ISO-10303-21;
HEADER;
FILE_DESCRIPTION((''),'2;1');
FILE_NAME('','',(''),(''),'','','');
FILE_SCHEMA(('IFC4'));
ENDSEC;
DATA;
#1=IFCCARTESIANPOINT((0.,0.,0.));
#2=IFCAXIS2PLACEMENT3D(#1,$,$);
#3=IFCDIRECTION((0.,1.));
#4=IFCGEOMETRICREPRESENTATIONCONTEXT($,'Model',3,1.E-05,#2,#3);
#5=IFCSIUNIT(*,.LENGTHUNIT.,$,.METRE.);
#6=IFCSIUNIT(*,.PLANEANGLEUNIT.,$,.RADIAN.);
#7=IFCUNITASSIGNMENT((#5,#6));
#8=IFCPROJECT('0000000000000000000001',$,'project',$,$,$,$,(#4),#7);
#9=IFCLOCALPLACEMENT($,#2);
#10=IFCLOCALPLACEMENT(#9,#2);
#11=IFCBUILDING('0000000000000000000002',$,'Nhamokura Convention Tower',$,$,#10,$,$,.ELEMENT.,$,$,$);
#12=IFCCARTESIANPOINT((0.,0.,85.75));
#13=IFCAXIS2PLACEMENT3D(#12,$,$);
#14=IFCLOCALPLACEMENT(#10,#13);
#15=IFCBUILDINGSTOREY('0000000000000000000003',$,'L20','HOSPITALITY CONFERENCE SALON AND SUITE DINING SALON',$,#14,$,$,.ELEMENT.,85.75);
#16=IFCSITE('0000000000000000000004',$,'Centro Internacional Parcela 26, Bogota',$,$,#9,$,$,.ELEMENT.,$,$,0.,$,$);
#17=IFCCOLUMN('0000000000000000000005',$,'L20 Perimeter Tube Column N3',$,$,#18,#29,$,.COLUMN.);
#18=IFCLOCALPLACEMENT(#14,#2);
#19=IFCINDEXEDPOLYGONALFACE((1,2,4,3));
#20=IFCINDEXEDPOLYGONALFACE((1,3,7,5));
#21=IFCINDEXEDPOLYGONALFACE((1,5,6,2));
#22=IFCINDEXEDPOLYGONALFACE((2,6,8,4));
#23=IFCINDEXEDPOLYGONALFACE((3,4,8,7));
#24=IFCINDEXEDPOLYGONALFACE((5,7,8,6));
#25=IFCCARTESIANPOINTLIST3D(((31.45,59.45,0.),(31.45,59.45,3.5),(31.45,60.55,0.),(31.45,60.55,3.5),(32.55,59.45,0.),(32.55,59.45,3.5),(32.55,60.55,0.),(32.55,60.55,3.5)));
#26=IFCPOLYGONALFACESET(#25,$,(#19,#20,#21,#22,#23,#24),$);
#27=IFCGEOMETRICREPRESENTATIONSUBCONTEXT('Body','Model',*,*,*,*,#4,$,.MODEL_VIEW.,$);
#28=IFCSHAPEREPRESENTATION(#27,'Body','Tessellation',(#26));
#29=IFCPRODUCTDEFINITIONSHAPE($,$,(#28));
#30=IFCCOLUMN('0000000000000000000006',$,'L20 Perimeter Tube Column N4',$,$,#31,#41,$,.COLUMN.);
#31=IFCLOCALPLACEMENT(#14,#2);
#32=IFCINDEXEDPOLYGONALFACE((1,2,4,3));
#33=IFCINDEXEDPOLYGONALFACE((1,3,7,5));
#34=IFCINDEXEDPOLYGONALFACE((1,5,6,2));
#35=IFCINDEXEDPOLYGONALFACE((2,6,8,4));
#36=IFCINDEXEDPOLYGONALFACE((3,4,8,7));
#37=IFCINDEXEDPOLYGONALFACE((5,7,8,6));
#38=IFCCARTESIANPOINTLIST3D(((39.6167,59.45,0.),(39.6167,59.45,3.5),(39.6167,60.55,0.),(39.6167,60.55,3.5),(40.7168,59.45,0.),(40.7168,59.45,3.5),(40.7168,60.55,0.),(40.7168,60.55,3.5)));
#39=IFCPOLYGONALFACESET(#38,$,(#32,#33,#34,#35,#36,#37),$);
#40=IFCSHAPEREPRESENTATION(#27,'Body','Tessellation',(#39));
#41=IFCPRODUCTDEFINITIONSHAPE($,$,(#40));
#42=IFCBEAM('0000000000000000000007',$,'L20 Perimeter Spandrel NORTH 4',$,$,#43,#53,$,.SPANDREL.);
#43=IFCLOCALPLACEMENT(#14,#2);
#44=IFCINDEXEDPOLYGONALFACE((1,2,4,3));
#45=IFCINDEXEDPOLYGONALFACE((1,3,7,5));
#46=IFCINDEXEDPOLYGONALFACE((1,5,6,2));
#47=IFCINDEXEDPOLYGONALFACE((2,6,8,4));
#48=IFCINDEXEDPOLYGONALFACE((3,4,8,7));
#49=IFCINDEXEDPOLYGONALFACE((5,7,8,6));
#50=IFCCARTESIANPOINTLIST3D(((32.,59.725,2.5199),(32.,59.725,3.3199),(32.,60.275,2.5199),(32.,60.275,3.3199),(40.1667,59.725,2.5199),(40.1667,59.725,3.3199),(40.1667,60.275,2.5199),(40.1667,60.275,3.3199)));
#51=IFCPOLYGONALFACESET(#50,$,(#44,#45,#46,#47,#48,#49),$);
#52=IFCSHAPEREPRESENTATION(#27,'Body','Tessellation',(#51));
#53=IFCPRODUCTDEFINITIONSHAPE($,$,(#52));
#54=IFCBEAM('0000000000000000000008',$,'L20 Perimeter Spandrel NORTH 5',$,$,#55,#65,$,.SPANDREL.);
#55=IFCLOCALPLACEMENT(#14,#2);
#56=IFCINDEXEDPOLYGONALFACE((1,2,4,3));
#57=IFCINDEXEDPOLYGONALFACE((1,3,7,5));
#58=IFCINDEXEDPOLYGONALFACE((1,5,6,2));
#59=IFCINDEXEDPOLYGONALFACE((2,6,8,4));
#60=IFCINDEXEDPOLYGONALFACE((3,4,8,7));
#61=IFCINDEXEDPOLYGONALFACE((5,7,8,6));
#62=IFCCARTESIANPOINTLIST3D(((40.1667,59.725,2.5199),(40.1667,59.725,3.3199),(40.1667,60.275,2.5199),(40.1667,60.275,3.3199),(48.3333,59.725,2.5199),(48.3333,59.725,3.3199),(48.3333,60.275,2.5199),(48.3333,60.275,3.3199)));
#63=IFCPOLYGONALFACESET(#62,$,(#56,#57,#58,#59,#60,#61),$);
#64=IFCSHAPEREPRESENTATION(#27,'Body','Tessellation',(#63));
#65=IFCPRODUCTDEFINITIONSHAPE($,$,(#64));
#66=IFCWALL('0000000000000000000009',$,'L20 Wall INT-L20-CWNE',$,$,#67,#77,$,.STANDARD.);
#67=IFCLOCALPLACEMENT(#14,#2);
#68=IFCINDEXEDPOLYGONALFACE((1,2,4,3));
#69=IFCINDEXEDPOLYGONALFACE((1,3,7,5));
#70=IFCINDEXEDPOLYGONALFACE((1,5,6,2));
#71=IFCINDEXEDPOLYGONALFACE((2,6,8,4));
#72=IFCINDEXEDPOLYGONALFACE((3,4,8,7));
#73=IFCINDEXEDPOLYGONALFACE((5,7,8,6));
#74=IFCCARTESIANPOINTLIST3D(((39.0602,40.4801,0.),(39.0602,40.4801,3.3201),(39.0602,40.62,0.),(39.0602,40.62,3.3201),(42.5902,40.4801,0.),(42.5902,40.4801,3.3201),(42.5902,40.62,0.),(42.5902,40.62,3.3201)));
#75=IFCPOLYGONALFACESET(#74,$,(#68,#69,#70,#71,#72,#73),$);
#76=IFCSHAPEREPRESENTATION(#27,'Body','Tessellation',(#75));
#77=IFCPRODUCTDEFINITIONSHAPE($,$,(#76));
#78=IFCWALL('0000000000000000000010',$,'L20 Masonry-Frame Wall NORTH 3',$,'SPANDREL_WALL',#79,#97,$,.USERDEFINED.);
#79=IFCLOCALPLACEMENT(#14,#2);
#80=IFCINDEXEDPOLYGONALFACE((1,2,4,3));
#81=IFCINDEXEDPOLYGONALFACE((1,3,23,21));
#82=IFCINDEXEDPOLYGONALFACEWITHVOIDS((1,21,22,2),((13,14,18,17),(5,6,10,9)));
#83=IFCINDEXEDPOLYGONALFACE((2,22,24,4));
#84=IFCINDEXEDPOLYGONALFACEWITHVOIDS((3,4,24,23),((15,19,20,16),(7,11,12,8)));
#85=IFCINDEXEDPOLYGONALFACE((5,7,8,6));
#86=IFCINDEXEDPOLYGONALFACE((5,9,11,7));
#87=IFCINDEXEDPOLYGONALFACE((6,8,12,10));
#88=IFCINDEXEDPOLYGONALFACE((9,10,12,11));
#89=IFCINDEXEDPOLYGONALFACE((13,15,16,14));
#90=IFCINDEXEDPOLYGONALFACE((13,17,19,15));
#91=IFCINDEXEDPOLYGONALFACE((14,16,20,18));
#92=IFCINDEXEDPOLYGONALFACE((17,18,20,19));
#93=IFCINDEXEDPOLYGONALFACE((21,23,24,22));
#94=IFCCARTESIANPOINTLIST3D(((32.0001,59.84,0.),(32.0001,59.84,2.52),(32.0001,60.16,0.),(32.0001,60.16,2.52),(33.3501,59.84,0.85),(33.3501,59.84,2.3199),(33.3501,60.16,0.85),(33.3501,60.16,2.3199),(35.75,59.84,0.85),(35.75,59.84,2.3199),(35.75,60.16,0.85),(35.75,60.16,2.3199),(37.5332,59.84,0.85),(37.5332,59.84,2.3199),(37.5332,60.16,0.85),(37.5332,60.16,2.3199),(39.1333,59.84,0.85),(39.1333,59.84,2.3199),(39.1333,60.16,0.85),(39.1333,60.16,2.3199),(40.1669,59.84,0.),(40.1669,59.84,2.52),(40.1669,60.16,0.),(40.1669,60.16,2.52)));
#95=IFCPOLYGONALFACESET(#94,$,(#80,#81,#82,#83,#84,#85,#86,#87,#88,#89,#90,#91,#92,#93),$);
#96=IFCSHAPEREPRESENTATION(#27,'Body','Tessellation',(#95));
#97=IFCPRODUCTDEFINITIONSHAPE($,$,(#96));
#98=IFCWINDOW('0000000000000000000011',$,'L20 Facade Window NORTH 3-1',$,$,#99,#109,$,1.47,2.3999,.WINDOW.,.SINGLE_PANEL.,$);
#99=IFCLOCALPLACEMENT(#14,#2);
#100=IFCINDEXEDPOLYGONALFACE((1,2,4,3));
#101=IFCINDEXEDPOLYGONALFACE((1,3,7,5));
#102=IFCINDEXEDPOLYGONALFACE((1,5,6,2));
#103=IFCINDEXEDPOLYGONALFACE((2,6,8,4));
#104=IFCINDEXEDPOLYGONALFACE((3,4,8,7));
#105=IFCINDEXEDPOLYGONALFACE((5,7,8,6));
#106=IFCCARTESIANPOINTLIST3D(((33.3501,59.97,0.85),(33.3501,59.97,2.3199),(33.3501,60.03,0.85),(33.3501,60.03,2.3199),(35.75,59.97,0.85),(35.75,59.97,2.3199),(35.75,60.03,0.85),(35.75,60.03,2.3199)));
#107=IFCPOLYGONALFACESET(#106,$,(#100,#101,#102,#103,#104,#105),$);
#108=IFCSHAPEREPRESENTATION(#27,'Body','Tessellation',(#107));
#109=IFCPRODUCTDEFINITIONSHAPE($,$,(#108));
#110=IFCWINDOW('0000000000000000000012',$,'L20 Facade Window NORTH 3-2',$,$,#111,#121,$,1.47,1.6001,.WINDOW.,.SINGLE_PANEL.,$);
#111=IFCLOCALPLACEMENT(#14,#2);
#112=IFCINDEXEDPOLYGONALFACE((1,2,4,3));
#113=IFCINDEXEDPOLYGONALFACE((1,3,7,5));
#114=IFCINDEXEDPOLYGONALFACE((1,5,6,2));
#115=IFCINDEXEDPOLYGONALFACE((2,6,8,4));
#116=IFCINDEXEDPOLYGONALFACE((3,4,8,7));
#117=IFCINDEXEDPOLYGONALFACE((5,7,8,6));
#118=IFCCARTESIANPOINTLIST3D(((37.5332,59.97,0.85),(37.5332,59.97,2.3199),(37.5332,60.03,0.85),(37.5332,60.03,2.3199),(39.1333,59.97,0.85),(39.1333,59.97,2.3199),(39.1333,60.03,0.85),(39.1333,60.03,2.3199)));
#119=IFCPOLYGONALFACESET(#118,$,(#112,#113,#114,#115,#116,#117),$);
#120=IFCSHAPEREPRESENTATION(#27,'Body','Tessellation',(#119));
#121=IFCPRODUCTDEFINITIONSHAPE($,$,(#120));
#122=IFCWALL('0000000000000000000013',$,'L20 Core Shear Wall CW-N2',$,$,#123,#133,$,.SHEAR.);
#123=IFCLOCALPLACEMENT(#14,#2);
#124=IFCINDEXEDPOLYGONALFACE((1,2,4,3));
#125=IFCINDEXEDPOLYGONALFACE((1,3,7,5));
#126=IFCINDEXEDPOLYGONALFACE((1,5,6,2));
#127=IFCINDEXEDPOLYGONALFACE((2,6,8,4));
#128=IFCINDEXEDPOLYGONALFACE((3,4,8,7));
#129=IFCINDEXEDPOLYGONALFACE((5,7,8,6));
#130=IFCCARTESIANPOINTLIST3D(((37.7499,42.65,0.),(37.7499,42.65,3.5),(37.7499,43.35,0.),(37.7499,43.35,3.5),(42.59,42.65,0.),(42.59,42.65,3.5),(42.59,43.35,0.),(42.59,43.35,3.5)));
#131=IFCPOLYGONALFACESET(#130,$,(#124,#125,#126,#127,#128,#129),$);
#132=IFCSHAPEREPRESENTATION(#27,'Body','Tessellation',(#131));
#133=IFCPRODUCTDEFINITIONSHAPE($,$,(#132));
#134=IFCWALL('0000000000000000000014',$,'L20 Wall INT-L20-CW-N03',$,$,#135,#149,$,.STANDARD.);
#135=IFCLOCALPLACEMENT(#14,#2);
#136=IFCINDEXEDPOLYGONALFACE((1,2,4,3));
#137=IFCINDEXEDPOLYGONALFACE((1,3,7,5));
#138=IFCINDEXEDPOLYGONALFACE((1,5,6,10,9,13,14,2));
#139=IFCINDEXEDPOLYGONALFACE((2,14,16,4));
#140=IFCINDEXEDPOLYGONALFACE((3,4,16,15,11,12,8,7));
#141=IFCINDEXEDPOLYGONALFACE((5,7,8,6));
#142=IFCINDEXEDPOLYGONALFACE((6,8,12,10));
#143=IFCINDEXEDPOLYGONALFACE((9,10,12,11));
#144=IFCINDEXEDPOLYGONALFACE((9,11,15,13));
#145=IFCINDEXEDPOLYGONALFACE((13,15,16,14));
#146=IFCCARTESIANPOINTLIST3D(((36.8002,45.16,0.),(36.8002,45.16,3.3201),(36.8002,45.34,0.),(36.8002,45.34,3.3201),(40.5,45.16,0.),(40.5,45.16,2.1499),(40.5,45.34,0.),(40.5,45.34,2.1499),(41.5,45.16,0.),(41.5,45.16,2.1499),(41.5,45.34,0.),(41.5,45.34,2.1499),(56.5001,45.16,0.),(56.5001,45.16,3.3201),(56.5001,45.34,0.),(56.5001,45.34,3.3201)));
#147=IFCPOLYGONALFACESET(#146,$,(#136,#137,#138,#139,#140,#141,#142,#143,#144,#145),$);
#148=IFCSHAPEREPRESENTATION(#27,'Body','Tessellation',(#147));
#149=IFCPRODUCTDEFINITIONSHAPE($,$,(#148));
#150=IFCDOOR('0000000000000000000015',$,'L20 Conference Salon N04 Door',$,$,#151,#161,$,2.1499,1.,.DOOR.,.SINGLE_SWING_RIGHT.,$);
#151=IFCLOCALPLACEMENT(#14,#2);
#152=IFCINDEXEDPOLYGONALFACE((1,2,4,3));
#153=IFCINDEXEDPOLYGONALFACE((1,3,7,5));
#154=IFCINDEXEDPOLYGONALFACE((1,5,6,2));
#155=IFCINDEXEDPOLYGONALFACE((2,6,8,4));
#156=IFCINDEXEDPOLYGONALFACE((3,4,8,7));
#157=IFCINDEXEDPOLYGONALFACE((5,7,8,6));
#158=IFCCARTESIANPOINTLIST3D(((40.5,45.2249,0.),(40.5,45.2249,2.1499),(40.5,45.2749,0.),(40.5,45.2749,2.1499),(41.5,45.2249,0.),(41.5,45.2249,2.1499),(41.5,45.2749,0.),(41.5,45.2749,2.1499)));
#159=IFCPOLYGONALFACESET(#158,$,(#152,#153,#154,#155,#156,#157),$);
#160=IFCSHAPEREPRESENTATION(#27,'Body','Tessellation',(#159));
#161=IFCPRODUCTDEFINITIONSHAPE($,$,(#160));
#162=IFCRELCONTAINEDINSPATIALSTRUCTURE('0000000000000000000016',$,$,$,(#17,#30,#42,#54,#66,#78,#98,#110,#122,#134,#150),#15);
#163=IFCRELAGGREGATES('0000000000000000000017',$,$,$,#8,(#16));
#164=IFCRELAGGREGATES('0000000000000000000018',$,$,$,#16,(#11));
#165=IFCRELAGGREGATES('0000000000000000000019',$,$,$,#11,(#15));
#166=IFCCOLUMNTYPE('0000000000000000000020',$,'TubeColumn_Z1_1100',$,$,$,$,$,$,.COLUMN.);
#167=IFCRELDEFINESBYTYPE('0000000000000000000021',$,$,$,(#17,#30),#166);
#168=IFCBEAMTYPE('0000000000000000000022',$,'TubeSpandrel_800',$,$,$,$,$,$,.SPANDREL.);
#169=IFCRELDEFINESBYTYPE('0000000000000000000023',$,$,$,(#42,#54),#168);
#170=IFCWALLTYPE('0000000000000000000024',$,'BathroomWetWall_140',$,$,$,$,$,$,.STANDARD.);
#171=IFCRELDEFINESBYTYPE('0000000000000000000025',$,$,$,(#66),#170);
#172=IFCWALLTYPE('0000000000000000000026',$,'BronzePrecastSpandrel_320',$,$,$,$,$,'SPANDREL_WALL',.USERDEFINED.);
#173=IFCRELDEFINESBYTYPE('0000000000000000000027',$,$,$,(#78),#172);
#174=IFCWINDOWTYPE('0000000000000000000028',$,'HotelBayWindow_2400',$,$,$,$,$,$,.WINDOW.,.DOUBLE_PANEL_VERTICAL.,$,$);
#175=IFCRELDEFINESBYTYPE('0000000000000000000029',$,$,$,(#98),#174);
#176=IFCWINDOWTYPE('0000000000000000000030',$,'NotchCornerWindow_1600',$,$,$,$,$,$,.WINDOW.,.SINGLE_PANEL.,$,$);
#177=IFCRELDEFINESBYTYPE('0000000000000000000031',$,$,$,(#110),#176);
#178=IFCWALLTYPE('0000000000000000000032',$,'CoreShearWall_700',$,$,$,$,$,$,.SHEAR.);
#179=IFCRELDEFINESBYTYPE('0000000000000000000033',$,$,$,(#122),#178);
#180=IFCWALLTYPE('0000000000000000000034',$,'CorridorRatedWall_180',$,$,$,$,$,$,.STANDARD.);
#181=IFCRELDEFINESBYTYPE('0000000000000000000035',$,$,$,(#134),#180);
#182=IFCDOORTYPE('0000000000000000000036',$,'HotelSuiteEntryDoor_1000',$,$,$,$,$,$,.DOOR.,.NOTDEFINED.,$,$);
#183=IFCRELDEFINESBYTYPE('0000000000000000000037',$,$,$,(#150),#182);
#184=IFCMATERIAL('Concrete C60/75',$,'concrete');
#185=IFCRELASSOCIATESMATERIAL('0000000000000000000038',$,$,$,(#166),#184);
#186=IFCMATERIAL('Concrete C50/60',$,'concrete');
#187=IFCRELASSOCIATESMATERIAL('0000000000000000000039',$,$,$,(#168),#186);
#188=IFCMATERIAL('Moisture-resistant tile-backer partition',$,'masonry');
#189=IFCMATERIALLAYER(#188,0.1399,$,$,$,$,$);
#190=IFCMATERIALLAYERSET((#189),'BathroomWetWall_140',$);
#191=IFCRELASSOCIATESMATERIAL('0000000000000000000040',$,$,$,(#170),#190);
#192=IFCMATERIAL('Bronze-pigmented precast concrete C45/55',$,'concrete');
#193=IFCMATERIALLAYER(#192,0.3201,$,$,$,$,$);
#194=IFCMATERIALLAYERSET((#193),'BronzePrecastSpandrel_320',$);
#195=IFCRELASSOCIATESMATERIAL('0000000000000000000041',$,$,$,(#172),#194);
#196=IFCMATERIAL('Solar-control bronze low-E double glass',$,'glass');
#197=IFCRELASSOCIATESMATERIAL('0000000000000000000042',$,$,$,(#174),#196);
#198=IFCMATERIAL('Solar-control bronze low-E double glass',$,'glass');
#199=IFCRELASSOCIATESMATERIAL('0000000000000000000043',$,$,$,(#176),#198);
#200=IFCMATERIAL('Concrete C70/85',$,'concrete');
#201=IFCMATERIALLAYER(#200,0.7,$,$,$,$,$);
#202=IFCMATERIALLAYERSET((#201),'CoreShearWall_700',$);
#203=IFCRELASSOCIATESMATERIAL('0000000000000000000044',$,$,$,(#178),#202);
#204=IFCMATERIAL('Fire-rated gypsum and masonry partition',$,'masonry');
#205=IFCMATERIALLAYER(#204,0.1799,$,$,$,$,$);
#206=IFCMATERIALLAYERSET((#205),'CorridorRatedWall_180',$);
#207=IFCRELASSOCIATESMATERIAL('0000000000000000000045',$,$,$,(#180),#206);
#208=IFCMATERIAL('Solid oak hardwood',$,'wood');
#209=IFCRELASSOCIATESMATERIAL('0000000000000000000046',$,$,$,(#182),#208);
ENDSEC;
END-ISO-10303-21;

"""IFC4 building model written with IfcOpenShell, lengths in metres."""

from ifc_helpers import new_model, si_unit, direction, frame, frame_2d, origin, origin_2d, place, context, subcontext, project, spatial, rectangle, extrude, material, layer, layer_set, material_profile, profile_set, type_object, element, fill, save


model = new_model("IFC4")

# Units and contexts
model_context = context("Model", 3, precision=1e-05, world=origin(), true_north=direction((0.0, 1.0)))
body_context = subcontext(model_context, "Body", "Model", "MODEL_VIEW")
ifc_project = project(units=[si_unit("LENGTHUNIT", "METRE"), si_unit("PLANEANGLEUNIT", "RADIAN")], contexts=[model_context])

# Site, building, storey
site_placement = place(None, origin())
site = spatial("IfcSite", under=ifc_project, at=site_placement, Name="Centro Internacional Parcela 26, Bogota", CompositionType="ELEMENT", RefElevation=0.0)
building_placement = place(site_placement, origin())
building = spatial("IfcBuilding", under=site, at=building_placement, Name="Nhamokura Convention Tower", CompositionType="ELEMENT")
storey_placement = place(building_placement, frame((0.0, 0.0, 85.75)))
storey = spatial("IfcBuildingStorey", under=building, at=storey_placement, Name="L20", Description="HOSPITALITY CONFERENCE SALON AND SUITE DINING SALON", CompositionType="ELEMENT", Elevation=85.75)

# Columns
ifc_material_1 = material(Name="Concrete C60/75", Category="concrete")
ifc_material_profile_1 = material_profile(ifc_material_1, rectangle(XDim=1.1001, YDim=1.1001, at=origin_2d()))
ifc_profile_set_1 = profile_set([ifc_material_profile_1], Name="Concrete C60/75")
column_type = type_object("IfcColumnType", Name="TubeColumn_Z1_1100", PredefinedType="COLUMN", material=ifc_profile_set_1)
for number, where, z_axis, x_axis, name in (
    (1, (32.0, 60.0, 0.0), (0.0, 0.0, 1.0), (1.0, 0.0, 0.0), "L20 Perimeter Tube Column N3"),
    (2, (40.1667, 60.0, 0.0), (0.0, 0.0, 1.0), (1.0, 0.0, 0.0), "L20 Perimeter Tube Column N4"),
):
    element("IfcColumn", number, at=place(storey_placement, frame(where, z_axis=z_axis, x_axis=x_axis)), inside=storey, type_object=column_type, Name=name, PredefinedType="COLUMN", context=body_context, shape_type="SweptSolid", body=[
        extrude(rectangle(XDim=1.1001, YDim=1.1001, at=origin_2d()), origin(), (0.0, 0.0, 1.0), 3.5),
    ])

# Beams
ifc_material_2 = material(Name="Concrete C50/60", Category="concrete")
ifc_material_profile_2 = material_profile(ifc_material_2, rectangle(XDim=0.55, YDim=0.8, at=origin_2d()))
ifc_profile_set_2 = profile_set([ifc_material_profile_2], Name="Concrete C50/60")
beam_type = type_object("IfcBeamType", Name="TubeSpandrel_800", PredefinedType="SPANDREL", material=ifc_profile_set_2)
beam_1_placement = place(storey_placement, frame((32.0, 60.0, 2.9199), z_axis=(1.0, 0.0, 0.0), x_axis=(0.0, 1.0, 0.0)))
element("IfcBeam", 3, at=beam_1_placement, inside=storey, type_object=beam_type, Name="L20 Perimeter Spandrel NORTH 4", PredefinedType="SPANDREL", context=body_context, shape_type="SweptSolid", body=[
    extrude(rectangle(XDim=0.55, YDim=0.8, at=origin_2d()), origin(), (0.0, 0.0, 1.0), 8.1667),
])
beam_2_placement = place(storey_placement, frame((40.1667, 60.0, 2.9199), z_axis=(1.0, 0.0, 0.0), x_axis=(0.0, 1.0, 0.0)))
element("IfcBeam", 4, at=beam_2_placement, inside=storey, type_object=beam_type, Name="L20 Perimeter Spandrel NORTH 5", PredefinedType="SPANDREL", context=body_context, shape_type="SweptSolid", body=[
    extrude(rectangle(XDim=0.55, YDim=0.8, at=origin_2d()), origin(), (0.0, 0.0, 1.0), 8.1665),
])

# Wall
ifc_material_3 = material(Name="Moisture-resistant tile-backer partition", Category="masonry")
ifc_layer_1 = layer(ifc_material_3, 0.1399)
ifc_layer_set_1 = layer_set([ifc_layer_1], Name="BathroomWetWall_140")
wall_type_1 = type_object("IfcWallType", Name="BathroomWetWall_140", PredefinedType="STANDARD", material=ifc_layer_set_1)
wall_1_placement = place(storey_placement, frame((39.0601, 40.55, 0.0), z_axis=(0.0, 0.0, 1.0), x_axis=(1.0, 0.0, 0.0)))
element("IfcWall", 5, at=wall_1_placement, inside=storey, type_object=wall_type_1, Name="L20 Wall INT-L20-CWNE", PredefinedType="STANDARD", context=body_context, shape_type="SweptSolid", body=[
    extrude(rectangle(XDim=3.53, YDim=0.1399, at=frame_2d((1.7651, 0.0))), origin(), (0.0, 0.0, 1.0), 3.3201),
])

# Wall, openings, windows
ifc_material_4 = material(Name="Bronze-pigmented precast concrete C45/55", Category="concrete")
ifc_layer_2 = layer(ifc_material_4, 0.3201)
ifc_layer_set_2 = layer_set([ifc_layer_2], Name="BronzePrecastSpandrel_320")
wall_type_2 = type_object("IfcWallType", Name="BronzePrecastSpandrel_320", ElementType="SPANDREL_WALL", PredefinedType="USERDEFINED", material=ifc_layer_set_2)
wall_2_placement = place(storey_placement, frame((32.0, 60.0, 0.0), z_axis=(0.0, 0.0, 1.0), x_axis=(1.0, 0.0, 0.0)))
wall_2 = element("IfcWall", 6, at=wall_2_placement, inside=storey, type_object=wall_type_2, Name="L20 Masonry-Frame Wall NORTH 3", ObjectType="SPANDREL_WALL", PredefinedType="USERDEFINED", context=body_context, shape_type="SweptSolid", body=[
    extrude(rectangle(XDim=8.1667, YDim=0.3201, at=frame_2d((4.0835, 0.0))), origin(), (0.0, 0.0, 1.0), 2.52),
])
opening_1_placement = place(wall_2_placement, frame((1.3501, 0.0, 0.8501)))
opening_1 = element("IfcOpeningElement", 7, at=opening_1_placement, cuts=wall_2, PredefinedType="OPENING", context=body_context, shape_type="SweptSolid", body=[
    extrude(rectangle(XDim=2.3999, YDim=1.47, at=frame_2d((1.2, 0.7349))), frame((0.0, 0.1699, 0.0), z_axis=(0.0, -1.0, 0.0), x_axis=(1.0, 0.0, 0.0)), (0.0, 0.0, 1.0), 0.3401),
])
opening_2_placement = place(wall_2_placement, frame((5.5332, 0.0, 0.8501)))
opening_2 = element("IfcOpeningElement", 8, at=opening_2_placement, cuts=wall_2, PredefinedType="OPENING", context=body_context, shape_type="SweptSolid", body=[
    extrude(rectangle(XDim=1.6001, YDim=1.47, at=frame_2d((0.8, 0.7349))), frame((0.0, 0.1699, 0.0), z_axis=(0.0, -1.0, 0.0), x_axis=(1.0, 0.0, 0.0)), (0.0, 0.0, 1.0), 0.3401),
])
ifc_material_5 = material(Name="Solar-control bronze low-E double glass", Category="glass")
window_type_1 = type_object("IfcWindowType", Name="HotelBayWindow_2400", PartitioningType="DOUBLE_PANEL_VERTICAL", PredefinedType="WINDOW", material=ifc_material_5)
window_1_placement = place(opening_1_placement, origin())
window_1 = element("IfcWindow", 9, at=window_1_placement, inside=storey, type_object=window_type_1, Name="L20 Facade Window NORTH 3-1", OverallHeight=1.47, OverallWidth=2.3999, PartitioningType="SINGLE_PANEL", PredefinedType="WINDOW", context=body_context, shape_type="SweptSolid", body=[
    extrude(rectangle(XDim=2.3999, YDim=1.47, at=frame_2d((1.2, 0.7349))), frame((0.0, 0.03, 0.0), z_axis=(0.0, -1.0, 0.0), x_axis=(1.0, 0.0, 0.0)), (0.0, 0.0, 1.0), 0.0601),
])
fill(opening_1, window_1)
ifc_material_6 = material(Name="Solar-control bronze low-E double glass", Category="glass")
window_type_2 = type_object("IfcWindowType", Name="NotchCornerWindow_1600", PartitioningType="SINGLE_PANEL", PredefinedType="WINDOW", material=ifc_material_6)
window_2_placement = place(opening_2_placement, origin())
window_2 = element("IfcWindow", 10, at=window_2_placement, inside=storey, type_object=window_type_2, Name="L20 Facade Window NORTH 3-2", OverallHeight=1.47, OverallWidth=1.6001, PartitioningType="SINGLE_PANEL", PredefinedType="WINDOW", context=body_context, shape_type="SweptSolid", body=[
    extrude(rectangle(XDim=1.6001, YDim=1.47, at=frame_2d((0.8, 0.7349))), frame((0.0, 0.03, 0.0), z_axis=(0.0, -1.0, 0.0), x_axis=(1.0, 0.0, 0.0)), (0.0, 0.0, 1.0), 0.0601),
])
fill(opening_2, window_2)

# Wall
ifc_material_7 = material(Name="Concrete C70/85", Category="concrete")
ifc_layer_3 = layer(ifc_material_7, 0.7)
ifc_layer_set_3 = layer_set([ifc_layer_3], Name="CoreShearWall_700")
wall_type_3 = type_object("IfcWallType", Name="CoreShearWall_700", PredefinedType="SHEAR", material=ifc_layer_set_3)
wall_3_placement = place(storey_placement, frame((37.75, 43.0, 0.0), z_axis=(0.0, 0.0, 1.0), x_axis=(1.0, 0.0, 0.0)))
element("IfcWall", 11, at=wall_3_placement, inside=storey, type_object=wall_type_3, Name="L20 Core Shear Wall CW-N2", PredefinedType="SHEAR", context=body_context, shape_type="SweptSolid", body=[
    extrude(rectangle(XDim=4.8401, YDim=0.7, at=frame_2d((2.4199, 0.0))), origin(), (0.0, 0.0, 1.0), 3.5),
])

# Wall, opening, door
ifc_material_8 = material(Name="Fire-rated gypsum and masonry partition", Category="masonry")
ifc_layer_4 = layer(ifc_material_8, 0.1799)
ifc_layer_set_4 = layer_set([ifc_layer_4], Name="CorridorRatedWall_180")
wall_type_4 = type_object("IfcWallType", Name="CorridorRatedWall_180", PredefinedType="STANDARD", material=ifc_layer_set_4)
wall_4_placement = place(storey_placement, frame((36.8, 45.25, 0.0), z_axis=(0.0, 0.0, 1.0), x_axis=(1.0, 0.0, 0.0)))
wall_4 = element("IfcWall", 12, at=wall_4_placement, inside=storey, type_object=wall_type_4, Name="L20 Wall INT-L20-CW-N03", PredefinedType="STANDARD", context=body_context, shape_type="SweptSolid", body=[
    extrude(rectangle(XDim=19.7, YDim=0.1799, at=frame_2d((9.8501, 0.0))), origin(), (0.0, 0.0, 1.0), 3.3201),
])
opening_3_placement = place(wall_4_placement, frame((3.7, 0.0, 0.0)))
opening_3 = element("IfcOpeningElement", 13, at=opening_3_placement, cuts=wall_4, PredefinedType="OPENING", context=body_context, shape_type="SweptSolid", body=[
    extrude(rectangle(XDim=1.0, YDim=2.1499, at=frame_2d((0.5, 1.075))), frame((0.0, 0.0999, 0.0), z_axis=(0.0, -1.0, 0.0), x_axis=(1.0, 0.0, 0.0)), (0.0, 0.0, 1.0), 0.2),
])
ifc_material_9 = material(Name="Solid oak hardwood", Category="wood")
door_type_1 = type_object("IfcDoorType", Name="HotelSuiteEntryDoor_1000", OperationType="NOTDEFINED", PredefinedType="DOOR", material=ifc_material_9)
door_1_placement = place(opening_3_placement, origin())
door_1 = element("IfcDoor", 14, at=door_1_placement, inside=storey, type_object=door_type_1, Name="L20 Conference Salon N04 Door", OperationType="SINGLE_SWING_RIGHT", OverallHeight=2.1499, OverallWidth=1.0, PredefinedType="DOOR", context=body_context, shape_type="SweptSolid", body=[
    extrude(rectangle(XDim=1.0, YDim=2.1499, at=frame_2d((0.5, 1.075))), frame((0.0, 0.0249, 0.0), z_axis=(0.0, -1.0, 0.0), x_axis=(1.0, 0.0, 0.0)), (0.0, 0.0, 1.0), 0.05),
])
fill(opening_3, door_1)

save(model, "model.ifc")
